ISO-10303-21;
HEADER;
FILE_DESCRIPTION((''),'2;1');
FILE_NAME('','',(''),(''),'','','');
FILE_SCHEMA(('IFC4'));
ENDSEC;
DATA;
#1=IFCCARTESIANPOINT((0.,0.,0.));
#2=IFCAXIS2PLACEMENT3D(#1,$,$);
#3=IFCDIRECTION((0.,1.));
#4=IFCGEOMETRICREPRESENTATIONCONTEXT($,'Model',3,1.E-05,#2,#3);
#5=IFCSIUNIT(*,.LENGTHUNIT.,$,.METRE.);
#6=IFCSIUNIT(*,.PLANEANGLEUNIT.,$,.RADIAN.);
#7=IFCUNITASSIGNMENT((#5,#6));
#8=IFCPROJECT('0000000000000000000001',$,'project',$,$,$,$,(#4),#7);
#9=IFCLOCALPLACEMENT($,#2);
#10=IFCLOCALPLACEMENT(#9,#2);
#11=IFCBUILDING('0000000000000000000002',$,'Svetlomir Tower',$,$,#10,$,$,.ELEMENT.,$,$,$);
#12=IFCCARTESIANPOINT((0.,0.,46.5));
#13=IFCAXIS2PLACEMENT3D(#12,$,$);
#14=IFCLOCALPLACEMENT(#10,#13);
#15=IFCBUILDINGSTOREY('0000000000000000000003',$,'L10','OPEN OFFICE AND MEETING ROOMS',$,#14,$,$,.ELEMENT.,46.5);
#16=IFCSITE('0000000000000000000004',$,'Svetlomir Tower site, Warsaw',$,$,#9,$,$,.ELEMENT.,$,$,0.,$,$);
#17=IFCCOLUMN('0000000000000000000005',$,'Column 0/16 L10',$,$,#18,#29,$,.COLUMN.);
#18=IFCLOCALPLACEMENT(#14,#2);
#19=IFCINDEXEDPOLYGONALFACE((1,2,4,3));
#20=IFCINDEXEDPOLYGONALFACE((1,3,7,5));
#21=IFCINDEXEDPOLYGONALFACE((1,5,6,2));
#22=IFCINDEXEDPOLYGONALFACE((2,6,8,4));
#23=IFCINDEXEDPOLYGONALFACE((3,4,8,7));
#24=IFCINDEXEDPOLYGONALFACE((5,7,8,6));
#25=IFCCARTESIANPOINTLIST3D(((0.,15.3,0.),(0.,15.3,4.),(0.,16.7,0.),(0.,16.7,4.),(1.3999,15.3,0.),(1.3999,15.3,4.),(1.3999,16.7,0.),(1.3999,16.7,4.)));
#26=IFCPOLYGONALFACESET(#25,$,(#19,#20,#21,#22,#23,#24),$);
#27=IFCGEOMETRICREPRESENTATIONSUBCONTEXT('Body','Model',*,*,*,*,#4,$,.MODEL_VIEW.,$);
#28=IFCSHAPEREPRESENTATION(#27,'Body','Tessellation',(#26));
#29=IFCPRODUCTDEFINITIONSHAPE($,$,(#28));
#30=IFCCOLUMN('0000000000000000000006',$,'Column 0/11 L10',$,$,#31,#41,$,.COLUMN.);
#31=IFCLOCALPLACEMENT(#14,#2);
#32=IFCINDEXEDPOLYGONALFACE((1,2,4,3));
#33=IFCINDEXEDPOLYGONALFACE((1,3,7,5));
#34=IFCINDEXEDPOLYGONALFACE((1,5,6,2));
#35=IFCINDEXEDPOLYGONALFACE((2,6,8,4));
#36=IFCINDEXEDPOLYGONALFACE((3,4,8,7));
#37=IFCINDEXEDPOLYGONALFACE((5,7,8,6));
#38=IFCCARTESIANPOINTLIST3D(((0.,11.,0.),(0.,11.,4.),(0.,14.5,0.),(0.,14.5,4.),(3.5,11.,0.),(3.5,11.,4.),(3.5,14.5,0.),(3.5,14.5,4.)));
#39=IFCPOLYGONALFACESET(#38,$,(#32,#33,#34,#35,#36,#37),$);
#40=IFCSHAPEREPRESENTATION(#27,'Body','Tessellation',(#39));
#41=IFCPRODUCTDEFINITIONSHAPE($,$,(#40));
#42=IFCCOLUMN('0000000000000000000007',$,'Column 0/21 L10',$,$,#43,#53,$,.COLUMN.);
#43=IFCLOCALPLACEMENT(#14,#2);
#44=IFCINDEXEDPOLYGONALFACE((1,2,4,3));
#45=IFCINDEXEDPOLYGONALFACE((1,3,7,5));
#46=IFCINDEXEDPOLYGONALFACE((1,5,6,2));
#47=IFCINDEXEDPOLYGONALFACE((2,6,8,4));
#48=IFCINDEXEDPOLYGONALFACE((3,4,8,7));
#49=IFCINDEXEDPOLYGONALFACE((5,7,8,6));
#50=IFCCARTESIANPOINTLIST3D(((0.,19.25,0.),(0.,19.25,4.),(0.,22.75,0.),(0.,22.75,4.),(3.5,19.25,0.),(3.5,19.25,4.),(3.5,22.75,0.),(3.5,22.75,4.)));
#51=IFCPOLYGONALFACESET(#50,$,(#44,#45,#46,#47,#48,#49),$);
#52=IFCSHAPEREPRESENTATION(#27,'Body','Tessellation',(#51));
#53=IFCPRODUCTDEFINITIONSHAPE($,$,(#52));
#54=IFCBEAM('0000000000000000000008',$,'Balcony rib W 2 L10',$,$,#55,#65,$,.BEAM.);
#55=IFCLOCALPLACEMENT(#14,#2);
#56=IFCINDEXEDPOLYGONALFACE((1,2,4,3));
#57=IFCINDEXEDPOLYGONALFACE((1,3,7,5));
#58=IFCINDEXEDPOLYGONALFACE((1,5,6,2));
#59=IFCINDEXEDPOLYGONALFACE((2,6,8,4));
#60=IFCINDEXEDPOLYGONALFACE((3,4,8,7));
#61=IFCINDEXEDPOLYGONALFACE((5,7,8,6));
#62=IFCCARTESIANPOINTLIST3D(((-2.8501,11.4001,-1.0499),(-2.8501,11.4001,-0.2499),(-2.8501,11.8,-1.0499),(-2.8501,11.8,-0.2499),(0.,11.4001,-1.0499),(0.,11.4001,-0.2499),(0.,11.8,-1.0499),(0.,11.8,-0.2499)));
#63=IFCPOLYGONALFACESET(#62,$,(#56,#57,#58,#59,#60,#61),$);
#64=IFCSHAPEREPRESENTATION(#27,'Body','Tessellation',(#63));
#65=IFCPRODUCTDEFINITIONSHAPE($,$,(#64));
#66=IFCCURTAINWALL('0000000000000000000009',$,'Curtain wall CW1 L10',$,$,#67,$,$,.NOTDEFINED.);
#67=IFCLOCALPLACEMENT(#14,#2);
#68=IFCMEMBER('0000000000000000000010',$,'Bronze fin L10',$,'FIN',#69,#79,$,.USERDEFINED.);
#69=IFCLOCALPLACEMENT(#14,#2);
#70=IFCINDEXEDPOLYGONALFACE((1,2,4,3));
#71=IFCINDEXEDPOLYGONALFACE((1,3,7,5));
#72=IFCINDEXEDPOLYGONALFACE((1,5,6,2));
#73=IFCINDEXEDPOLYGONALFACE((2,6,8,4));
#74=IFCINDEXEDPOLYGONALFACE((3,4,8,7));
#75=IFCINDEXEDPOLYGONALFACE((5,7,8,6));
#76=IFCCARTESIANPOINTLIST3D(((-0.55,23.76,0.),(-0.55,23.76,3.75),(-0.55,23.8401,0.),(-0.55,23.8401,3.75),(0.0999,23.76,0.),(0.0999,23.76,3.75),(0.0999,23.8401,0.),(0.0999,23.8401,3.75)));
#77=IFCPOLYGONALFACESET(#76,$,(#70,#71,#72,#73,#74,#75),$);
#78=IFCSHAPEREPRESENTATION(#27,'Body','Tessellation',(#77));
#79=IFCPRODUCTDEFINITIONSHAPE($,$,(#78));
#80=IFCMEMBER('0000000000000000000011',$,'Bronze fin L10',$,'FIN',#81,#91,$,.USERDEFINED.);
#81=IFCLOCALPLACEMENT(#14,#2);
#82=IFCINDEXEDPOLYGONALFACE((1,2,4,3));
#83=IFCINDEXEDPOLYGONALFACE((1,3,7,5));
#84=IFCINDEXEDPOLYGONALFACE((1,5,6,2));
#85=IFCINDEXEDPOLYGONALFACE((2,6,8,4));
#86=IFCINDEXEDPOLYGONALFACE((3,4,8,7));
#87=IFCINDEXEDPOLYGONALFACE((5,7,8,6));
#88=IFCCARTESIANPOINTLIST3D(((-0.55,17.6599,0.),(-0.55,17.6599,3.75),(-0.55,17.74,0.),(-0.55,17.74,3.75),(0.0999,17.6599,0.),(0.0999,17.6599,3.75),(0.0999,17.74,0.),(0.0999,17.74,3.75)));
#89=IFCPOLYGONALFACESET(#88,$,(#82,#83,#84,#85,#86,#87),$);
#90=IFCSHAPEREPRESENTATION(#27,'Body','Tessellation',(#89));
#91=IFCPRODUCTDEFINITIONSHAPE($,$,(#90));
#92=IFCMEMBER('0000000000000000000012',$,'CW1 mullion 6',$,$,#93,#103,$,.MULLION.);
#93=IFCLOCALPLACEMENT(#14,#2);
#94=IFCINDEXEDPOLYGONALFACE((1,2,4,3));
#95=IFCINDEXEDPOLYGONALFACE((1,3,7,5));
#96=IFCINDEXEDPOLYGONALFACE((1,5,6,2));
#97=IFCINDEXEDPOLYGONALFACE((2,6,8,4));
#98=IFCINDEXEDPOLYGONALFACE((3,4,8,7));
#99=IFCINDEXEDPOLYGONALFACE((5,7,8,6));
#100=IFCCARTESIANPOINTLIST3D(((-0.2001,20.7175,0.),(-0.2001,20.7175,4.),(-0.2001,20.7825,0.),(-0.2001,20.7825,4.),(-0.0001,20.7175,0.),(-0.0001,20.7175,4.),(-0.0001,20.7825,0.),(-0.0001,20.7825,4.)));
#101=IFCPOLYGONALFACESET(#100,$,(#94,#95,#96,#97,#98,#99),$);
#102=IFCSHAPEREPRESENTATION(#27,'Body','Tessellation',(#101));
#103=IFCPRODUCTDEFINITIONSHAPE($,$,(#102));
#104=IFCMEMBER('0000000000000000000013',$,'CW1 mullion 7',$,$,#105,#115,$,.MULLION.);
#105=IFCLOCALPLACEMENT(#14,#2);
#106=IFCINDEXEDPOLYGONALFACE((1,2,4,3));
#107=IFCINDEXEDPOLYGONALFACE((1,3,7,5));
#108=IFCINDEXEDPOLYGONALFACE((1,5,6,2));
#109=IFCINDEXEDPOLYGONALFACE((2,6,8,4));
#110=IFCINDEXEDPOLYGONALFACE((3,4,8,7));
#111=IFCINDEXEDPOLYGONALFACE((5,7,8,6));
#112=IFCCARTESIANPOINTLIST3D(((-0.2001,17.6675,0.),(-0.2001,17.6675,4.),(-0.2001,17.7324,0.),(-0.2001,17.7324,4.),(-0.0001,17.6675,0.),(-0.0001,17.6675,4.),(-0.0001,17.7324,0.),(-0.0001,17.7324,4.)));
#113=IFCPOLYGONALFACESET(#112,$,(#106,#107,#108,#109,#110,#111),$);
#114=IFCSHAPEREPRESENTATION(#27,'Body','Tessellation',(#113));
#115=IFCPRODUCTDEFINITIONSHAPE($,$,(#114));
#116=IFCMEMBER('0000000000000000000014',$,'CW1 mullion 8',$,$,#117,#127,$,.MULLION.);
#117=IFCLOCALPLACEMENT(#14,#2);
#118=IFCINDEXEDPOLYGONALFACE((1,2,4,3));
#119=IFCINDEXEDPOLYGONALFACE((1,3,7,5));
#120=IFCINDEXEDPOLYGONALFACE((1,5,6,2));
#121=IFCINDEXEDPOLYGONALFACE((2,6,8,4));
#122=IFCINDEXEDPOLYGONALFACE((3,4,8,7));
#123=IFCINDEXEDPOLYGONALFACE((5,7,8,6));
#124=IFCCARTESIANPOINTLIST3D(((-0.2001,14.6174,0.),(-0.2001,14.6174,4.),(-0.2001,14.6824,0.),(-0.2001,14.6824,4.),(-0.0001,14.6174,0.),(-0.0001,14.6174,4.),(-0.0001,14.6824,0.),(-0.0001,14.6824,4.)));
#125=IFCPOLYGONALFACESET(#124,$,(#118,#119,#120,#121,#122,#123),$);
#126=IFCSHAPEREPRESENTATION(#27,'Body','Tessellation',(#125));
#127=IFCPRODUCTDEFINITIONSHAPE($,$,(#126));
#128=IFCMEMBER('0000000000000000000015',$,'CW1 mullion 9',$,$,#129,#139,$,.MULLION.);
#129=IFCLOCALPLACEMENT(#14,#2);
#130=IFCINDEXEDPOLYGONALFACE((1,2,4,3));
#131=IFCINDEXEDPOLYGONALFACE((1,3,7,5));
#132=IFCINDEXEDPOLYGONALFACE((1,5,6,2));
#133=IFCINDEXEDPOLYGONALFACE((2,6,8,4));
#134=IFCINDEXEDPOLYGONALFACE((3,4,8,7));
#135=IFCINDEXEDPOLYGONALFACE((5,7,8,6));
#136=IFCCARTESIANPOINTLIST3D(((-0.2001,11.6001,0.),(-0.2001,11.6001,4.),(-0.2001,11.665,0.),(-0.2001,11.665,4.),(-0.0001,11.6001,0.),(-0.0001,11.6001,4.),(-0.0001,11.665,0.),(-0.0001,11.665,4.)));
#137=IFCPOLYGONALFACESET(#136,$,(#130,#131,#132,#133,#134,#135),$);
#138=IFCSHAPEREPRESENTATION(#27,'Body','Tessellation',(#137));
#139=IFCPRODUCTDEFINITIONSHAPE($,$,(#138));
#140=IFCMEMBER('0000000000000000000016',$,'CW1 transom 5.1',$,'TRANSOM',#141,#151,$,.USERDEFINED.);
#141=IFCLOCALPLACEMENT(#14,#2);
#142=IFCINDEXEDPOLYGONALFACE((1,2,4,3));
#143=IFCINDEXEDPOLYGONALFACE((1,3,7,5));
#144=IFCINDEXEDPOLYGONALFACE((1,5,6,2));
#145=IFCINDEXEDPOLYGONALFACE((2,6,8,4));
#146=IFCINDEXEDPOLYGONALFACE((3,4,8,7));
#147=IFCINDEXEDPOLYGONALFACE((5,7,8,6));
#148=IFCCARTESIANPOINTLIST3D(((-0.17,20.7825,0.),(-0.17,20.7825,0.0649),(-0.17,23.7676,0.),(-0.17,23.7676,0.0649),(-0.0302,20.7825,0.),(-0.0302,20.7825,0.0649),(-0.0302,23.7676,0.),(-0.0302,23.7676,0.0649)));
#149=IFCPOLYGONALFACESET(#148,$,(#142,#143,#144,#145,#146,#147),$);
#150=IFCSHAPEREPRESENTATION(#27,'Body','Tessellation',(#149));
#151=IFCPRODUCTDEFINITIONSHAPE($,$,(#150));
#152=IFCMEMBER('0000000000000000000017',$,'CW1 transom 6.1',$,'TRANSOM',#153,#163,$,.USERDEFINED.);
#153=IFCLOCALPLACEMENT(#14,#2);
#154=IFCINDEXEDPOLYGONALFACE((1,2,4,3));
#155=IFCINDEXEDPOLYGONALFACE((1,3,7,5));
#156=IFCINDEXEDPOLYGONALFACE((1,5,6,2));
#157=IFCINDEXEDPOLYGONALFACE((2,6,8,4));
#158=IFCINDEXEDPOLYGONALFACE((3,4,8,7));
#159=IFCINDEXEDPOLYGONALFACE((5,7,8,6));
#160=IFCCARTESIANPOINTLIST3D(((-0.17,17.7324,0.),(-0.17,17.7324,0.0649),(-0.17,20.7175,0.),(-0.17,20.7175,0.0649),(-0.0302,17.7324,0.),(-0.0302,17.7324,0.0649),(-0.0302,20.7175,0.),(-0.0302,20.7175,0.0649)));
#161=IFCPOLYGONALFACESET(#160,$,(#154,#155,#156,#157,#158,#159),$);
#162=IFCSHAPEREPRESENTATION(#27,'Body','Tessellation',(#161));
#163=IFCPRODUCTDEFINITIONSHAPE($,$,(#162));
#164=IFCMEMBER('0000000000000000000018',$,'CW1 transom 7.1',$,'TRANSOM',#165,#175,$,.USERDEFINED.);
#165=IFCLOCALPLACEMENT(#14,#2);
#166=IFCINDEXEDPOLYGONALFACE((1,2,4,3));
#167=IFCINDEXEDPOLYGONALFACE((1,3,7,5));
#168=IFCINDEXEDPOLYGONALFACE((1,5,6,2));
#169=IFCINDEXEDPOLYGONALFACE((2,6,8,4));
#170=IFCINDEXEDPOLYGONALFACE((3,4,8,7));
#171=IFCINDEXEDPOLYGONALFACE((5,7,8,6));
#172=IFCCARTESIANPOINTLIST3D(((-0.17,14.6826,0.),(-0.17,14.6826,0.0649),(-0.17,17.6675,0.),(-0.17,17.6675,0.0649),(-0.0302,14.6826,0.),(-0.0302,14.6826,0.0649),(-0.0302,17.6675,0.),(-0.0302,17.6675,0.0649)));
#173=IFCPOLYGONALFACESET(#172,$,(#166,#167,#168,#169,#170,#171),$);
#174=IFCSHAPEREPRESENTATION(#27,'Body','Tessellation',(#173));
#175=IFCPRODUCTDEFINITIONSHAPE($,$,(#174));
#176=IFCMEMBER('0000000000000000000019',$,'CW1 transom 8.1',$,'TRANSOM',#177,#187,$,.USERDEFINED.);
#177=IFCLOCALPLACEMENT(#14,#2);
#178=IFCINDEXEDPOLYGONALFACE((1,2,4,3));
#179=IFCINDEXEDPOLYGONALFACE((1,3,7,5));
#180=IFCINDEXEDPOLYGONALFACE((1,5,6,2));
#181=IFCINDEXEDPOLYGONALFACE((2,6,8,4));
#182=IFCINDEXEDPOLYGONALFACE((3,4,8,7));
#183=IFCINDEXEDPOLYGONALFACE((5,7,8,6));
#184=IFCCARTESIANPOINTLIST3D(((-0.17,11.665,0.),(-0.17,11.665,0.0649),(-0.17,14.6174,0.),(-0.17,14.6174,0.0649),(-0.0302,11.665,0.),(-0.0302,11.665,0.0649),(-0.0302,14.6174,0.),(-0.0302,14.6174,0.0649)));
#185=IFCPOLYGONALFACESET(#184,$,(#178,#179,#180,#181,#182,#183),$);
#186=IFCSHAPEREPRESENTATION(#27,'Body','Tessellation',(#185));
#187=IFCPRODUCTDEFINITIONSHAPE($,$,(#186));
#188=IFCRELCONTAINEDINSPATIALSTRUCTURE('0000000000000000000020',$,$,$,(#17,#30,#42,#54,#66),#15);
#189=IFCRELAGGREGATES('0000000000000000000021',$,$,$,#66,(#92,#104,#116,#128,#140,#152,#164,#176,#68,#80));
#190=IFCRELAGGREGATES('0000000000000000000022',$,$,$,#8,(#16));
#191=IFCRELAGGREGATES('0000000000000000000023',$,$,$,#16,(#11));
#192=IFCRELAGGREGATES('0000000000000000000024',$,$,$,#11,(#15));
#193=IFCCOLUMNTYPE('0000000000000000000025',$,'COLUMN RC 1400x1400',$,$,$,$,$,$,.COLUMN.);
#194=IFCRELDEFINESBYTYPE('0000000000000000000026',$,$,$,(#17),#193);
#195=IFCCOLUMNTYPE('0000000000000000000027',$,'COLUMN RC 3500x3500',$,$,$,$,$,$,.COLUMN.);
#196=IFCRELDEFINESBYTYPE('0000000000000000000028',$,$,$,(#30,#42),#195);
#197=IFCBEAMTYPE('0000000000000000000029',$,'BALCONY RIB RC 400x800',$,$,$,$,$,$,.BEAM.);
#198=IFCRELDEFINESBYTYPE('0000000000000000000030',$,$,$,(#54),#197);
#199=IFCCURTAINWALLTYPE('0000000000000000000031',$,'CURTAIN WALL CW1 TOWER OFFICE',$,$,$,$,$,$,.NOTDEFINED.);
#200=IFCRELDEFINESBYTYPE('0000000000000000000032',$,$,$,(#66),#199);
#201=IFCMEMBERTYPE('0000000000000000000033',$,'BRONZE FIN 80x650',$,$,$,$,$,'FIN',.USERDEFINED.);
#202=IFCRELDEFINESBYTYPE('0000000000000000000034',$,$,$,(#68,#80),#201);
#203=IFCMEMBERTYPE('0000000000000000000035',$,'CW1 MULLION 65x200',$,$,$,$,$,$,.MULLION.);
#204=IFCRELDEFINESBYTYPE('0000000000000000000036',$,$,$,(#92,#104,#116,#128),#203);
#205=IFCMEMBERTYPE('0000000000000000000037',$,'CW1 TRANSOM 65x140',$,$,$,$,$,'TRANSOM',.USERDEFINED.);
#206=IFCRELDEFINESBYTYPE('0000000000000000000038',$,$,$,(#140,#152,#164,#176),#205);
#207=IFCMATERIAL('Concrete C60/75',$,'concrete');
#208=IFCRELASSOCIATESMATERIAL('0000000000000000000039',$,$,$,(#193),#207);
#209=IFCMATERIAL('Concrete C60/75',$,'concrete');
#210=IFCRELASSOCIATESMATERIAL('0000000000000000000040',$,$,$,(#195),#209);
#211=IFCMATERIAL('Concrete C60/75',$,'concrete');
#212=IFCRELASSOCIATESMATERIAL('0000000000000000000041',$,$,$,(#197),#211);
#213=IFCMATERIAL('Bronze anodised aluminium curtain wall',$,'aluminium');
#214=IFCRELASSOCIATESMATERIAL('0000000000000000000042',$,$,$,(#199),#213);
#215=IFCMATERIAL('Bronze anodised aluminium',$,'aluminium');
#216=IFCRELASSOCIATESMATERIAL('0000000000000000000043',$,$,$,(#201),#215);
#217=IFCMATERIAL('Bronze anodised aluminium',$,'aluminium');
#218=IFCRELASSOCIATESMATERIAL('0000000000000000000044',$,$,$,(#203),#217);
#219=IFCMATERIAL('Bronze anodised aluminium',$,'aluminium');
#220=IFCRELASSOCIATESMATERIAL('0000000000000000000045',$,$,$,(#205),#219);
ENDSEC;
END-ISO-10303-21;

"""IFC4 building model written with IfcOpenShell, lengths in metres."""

from ifc_helpers import new_model, si_unit, direction, frame, origin, origin_2d, place, context, subcontext, project, spatial, rectangle, extrude, material, material_profile, profile_set, type_object, element, aggregate, save


model = new_model("IFC4")

# Units and contexts
model_context = context("Model", 3, precision=1e-05, world=origin(), true_north=direction((0.0, 1.0)))
body_context = subcontext(model_context, "Body", "Model", "MODEL_VIEW")
ifc_project = project(units=[si_unit("LENGTHUNIT", "METRE"), si_unit("PLANEANGLEUNIT", "RADIAN")], contexts=[model_context])

# Site, building, storey
site_placement = place(None, origin())
site = spatial("IfcSite", under=ifc_project, at=site_placement, Name="Svetlomir Tower site, Warsaw", CompositionType="ELEMENT", RefElevation=0.0)
building_placement = place(site_placement, origin())
building = spatial("IfcBuilding", under=site, at=building_placement, Name="Svetlomir Tower", CompositionType="ELEMENT")
storey_placement = place(building_placement, frame((0.0, 0.0, 46.5)))
storey = spatial("IfcBuildingStorey", under=building, at=storey_placement, Name="L10", Description="OPEN OFFICE AND MEETING ROOMS", CompositionType="ELEMENT", Elevation=46.5)

# Columns
ifc_material_1 = material(Name="Concrete C60/75", Category="concrete")
ifc_material_profile_1 = material_profile(ifc_material_1, rectangle(XDim=1.3999, YDim=1.3999, at=origin_2d()), Name="RC 1400x1400")
ifc_profile_set_1 = profile_set([ifc_material_profile_1], Name="Concrete C60/75")
column_type_1 = type_object("IfcColumnType", Name="COLUMN RC 1400x1400", PredefinedType="COLUMN", material=ifc_profile_set_1)
column_placement = place(storey_placement, frame((0.7, 16.0, 0.0), z_axis=(0.0, 0.0, 1.0), x_axis=(1.0, 0.0, 0.0)))
element("IfcColumn", 1, at=column_placement, inside=storey, type_object=column_type_1, Name="Column 0/16 L10", PredefinedType="COLUMN", context=body_context, shape_type="SweptSolid", body=[
    extrude(rectangle(XDim=1.3999, YDim=1.3999, at=origin_2d()), origin(), (0.0, 0.0, 1.0), 4.0),
])
ifc_material_2 = material(Name="Concrete C60/75", Category="concrete")
ifc_material_profile_2 = material_profile(ifc_material_2, rectangle(XDim=3.5, YDim=3.5, at=origin_2d()), Name="RC 3500x3500")
ifc_profile_set_2 = profile_set([ifc_material_profile_2], Name="Concrete C60/75")
column_type_2 = type_object("IfcColumnType", Name="COLUMN RC 3500x3500", PredefinedType="COLUMN", material=ifc_profile_set_2)
for number, where, z_axis, x_axis, name in (
    (2, (1.75, 12.75, 0.0), (0.0, 0.0, 1.0), (1.0, 0.0, 0.0), "Column 0/11 L10"),
    (3, (1.75, 21.0, 0.0), (0.0, 0.0, 1.0), (1.0, 0.0, 0.0), "Column 0/21 L10"),
):
    element("IfcColumn", number, at=place(storey_placement, frame(where, z_axis=z_axis, x_axis=x_axis)), inside=storey, type_object=column_type_2, Name=name, PredefinedType="COLUMN", context=body_context, shape_type="SweptSolid", body=[
        extrude(rectangle(XDim=3.5, YDim=3.5, at=origin_2d()), origin(), (0.0, 0.0, 1.0), 4.0),
    ])

# Beam
ifc_material_3 = material(Name="Concrete C60/75", Category="concrete")
ifc_material_profile_3 = material_profile(ifc_material_3, rectangle(XDim=0.3999, YDim=0.8, at=origin_2d()), Name="RC 400x800")
ifc_profile_set_3 = profile_set([ifc_material_profile_3], Name="Concrete C60/75")
beam_type_1 = type_object("IfcBeamType", Name="BALCONY RIB RC 400x800", PredefinedType="BEAM", material=ifc_profile_set_3)
beam_1_placement = place(storey_placement, frame((0.0, 11.6001, -0.6499), z_axis=(-1.0, 0.0, 0.0), x_axis=(0.0, -1.0, 0.0)))
element("IfcBeam", 4, at=beam_1_placement, inside=storey, type_object=beam_type_1, Name="Balcony rib W 2 L10", PredefinedType="BEAM", context=body_context, shape_type="SweptSolid", body=[
    extrude(rectangle(XDim=0.3999, YDim=0.8, at=origin_2d()), origin(), (0.0, 0.0, 1.0), 2.8501),
])

# Curtain wall, members
ifc_material_4 = material(Name="Bronze anodised aluminium curtain wall", Category="aluminium")
curtain_wall_type = type_object("IfcCurtainWallType", Name="CURTAIN WALL CW1 TOWER OFFICE", PredefinedType="NOTDEFINED", material=ifc_material_4)
curtain_wall_placement = place(storey_placement, origin())
curtain_wall = element("IfcCurtainWall", 5, at=curtain_wall_placement, inside=storey, type_object=curtain_wall_type, Name="Curtain wall CW1 L10", PredefinedType="NOTDEFINED")
ifc_material_5 = material(Name="Bronze anodised aluminium", Category="aluminium")
ifc_material_profile_4 = material_profile(ifc_material_5, rectangle(XDim=0.0801, YDim=0.6499, at=origin_2d()), Name="FIN 80x650")
ifc_profile_set_4 = profile_set([ifc_material_profile_4], Name="Bronze anodised aluminium 6063-T6")
member_type_1 = type_object("IfcMemberType", Name="BRONZE FIN 80x650", ElementType="FIN", PredefinedType="USERDEFINED", material=ifc_profile_set_4)
member_1_placement = place(storey_placement, frame((-0.2251, 23.8, 0.0), z_axis=(0.0, 0.0, 1.0), x_axis=(0.0, 1.0, 0.0)))
member_1 = element("IfcMember", 6, at=member_1_placement, type_object=member_type_1, Name="Bronze fin L10", ObjectType="FIN", PredefinedType="USERDEFINED", context=body_context, shape_type="SweptSolid", body=[
    extrude(rectangle(XDim=0.0801, YDim=0.6499, at=origin_2d()), origin(), (0.0, 0.0, 1.0), 3.75),
])
member_2_placement = place(storey_placement, frame((-0.2251, 17.7, 0.0), z_axis=(0.0, 0.0, 1.0), x_axis=(0.0, 1.0, 0.0)))
member_2 = element("IfcMember", 7, at=member_2_placement, type_object=member_type_1, Name="Bronze fin L10", ObjectType="FIN", PredefinedType="USERDEFINED", context=body_context, shape_type="SweptSolid", body=[
    extrude(rectangle(XDim=0.0801, YDim=0.6499, at=origin_2d()), origin(), (0.0, 0.0, 1.0), 3.75),
])
ifc_material_6 = material(Name="Bronze anodised aluminium", Category="aluminium")
ifc_material_profile_5 = material_profile(ifc_material_6, rectangle(XDim=0.0649, YDim=0.2, at=origin_2d()), Name="AL 65x200")
ifc_profile_set_5 = profile_set([ifc_material_profile_5], Name="Bronze anodised aluminium 6063-T6")
member_type_2 = type_object("IfcMemberType", Name="CW1 MULLION 65x200", PredefinedType="MULLION", material=ifc_profile_set_5)
member_3_placement = place(storey_placement, frame((-0.1001, 20.75, 0.0), z_axis=(0.0, 0.0, 1.0), x_axis=(0.0, -1.0, 0.0)))
member_3 = element("IfcMember", 8, at=member_3_placement, type_object=member_type_2, Name="CW1 mullion 6", PredefinedType="MULLION", context=body_context, shape_type="SweptSolid", body=[
    extrude(rectangle(XDim=0.0649, YDim=0.2, at=origin_2d()), origin(), (0.0, 0.0, 1.0), 4.0),
])
member_4_placement = place(storey_placement, frame((-0.1001, 17.7, 0.0), z_axis=(0.0, 0.0, 1.0), x_axis=(0.0, -1.0, 0.0)))
member_4 = element("IfcMember", 9, at=member_4_placement, type_object=member_type_2, Name="CW1 mullion 7", PredefinedType="MULLION", context=body_context, shape_type="SweptSolid", body=[
    extrude(rectangle(XDim=0.0649, YDim=0.2, at=origin_2d()), origin(), (0.0, 0.0, 1.0), 4.0),
])
member_5_placement = place(storey_placement, frame((-0.1001, 14.6499, 0.0), z_axis=(0.0, 0.0, 1.0), x_axis=(0.0, -1.0, 0.0)))
member_5 = element("IfcMember", 10, at=member_5_placement, type_object=member_type_2, Name="CW1 mullion 8", PredefinedType="MULLION", context=body_context, shape_type="SweptSolid", body=[
    extrude(rectangle(XDim=0.0649, YDim=0.2, at=origin_2d()), origin(), (0.0, 0.0, 1.0), 4.0),
])
member_6_placement = place(storey_placement, frame((-0.1001, 11.6326, 0.0), z_axis=(0.0, 0.0, 1.0), x_axis=(0.0, -1.0, 0.0)))
member_6 = element("IfcMember", 11, at=member_6_placement, type_object=member_type_2, Name="CW1 mullion 9", PredefinedType="MULLION", context=body_context, shape_type="SweptSolid", body=[
    extrude(rectangle(XDim=0.0649, YDim=0.2, at=origin_2d()), origin(), (0.0, 0.0, 1.0), 4.0),
])
ifc_material_7 = material(Name="Bronze anodised aluminium", Category="aluminium")
ifc_material_profile_6 = material_profile(ifc_material_7, rectangle(XDim=0.1399, YDim=0.0649, at=origin_2d()), Name="AL 140x65")
ifc_profile_set_6 = profile_set([ifc_material_profile_6], Name="Bronze anodised aluminium 6063-T6")
member_type_3 = type_object("IfcMemberType", Name="CW1 TRANSOM 65x140", ElementType="TRANSOM", PredefinedType="USERDEFINED", material=ifc_profile_set_6)
member_7_placement = place(storey_placement, frame((-0.1001, 23.7676, 0.0325), z_axis=(0.0, -1.0, 0.0), x_axis=(1.0, 0.0, 0.0)))
member_7 = element("IfcMember", 12, at=member_7_placement, type_object=member_type_3, Name="CW1 transom 5.1", ObjectType="TRANSOM", PredefinedType="USERDEFINED", context=body_context, shape_type="SweptSolid", body=[
    extrude(rectangle(XDim=0.1399, YDim=0.0649, at=origin_2d()), origin(), (0.0, 0.0, 1.0), 2.9851),
])
member_8_placement = place(storey_placement, frame((-0.1001, 20.7175, 0.0325), z_axis=(0.0, -1.0, 0.0), x_axis=(1.0, 0.0, 0.0)))
member_8 = element("IfcMember", 13, at=member_8_placement, type_object=member_type_3, Name="CW1 transom 6.1", ObjectType="TRANSOM", PredefinedType="USERDEFINED", context=body_context, shape_type="SweptSolid", body=[
    extrude(rectangle(XDim=0.1399, YDim=0.0649, at=origin_2d()), origin(), (0.0, 0.0, 1.0), 2.9851),
])
member_9_placement = place(storey_placement, frame((-0.1001, 17.6675, 0.0325), z_axis=(0.0, -1.0, 0.0), x_axis=(1.0, 0.0, 0.0)))
member_9 = element("IfcMember", 14, at=member_9_placement, type_object=member_type_3, Name="CW1 transom 7.1", ObjectType="TRANSOM", PredefinedType="USERDEFINED", context=body_context, shape_type="SweptSolid", body=[
    extrude(rectangle(XDim=0.1399, YDim=0.0649, at=origin_2d()), origin(), (0.0, 0.0, 1.0), 2.9849),
])
member_10_placement = place(storey_placement, frame((-0.1001, 14.6174, 0.0325), z_axis=(0.0, -1.0, 0.0), x_axis=(1.0, 0.0, 0.0)))
member_10 = element("IfcMember", 15, at=member_10_placement, type_object=member_type_3, Name="CW1 transom 8.1", ObjectType="TRANSOM", PredefinedType="USERDEFINED", context=body_context, shape_type="SweptSolid", body=[
    extrude(rectangle(XDim=0.1399, YDim=0.0649, at=origin_2d()), origin(), (0.0, 0.0, 1.0), 2.9524),
])

aggregate(curtain_wall, [member_3, member_4, member_5, member_6, member_7, member_8, member_9, member_10, member_1, member_2])

save(model, "model.ifc")
